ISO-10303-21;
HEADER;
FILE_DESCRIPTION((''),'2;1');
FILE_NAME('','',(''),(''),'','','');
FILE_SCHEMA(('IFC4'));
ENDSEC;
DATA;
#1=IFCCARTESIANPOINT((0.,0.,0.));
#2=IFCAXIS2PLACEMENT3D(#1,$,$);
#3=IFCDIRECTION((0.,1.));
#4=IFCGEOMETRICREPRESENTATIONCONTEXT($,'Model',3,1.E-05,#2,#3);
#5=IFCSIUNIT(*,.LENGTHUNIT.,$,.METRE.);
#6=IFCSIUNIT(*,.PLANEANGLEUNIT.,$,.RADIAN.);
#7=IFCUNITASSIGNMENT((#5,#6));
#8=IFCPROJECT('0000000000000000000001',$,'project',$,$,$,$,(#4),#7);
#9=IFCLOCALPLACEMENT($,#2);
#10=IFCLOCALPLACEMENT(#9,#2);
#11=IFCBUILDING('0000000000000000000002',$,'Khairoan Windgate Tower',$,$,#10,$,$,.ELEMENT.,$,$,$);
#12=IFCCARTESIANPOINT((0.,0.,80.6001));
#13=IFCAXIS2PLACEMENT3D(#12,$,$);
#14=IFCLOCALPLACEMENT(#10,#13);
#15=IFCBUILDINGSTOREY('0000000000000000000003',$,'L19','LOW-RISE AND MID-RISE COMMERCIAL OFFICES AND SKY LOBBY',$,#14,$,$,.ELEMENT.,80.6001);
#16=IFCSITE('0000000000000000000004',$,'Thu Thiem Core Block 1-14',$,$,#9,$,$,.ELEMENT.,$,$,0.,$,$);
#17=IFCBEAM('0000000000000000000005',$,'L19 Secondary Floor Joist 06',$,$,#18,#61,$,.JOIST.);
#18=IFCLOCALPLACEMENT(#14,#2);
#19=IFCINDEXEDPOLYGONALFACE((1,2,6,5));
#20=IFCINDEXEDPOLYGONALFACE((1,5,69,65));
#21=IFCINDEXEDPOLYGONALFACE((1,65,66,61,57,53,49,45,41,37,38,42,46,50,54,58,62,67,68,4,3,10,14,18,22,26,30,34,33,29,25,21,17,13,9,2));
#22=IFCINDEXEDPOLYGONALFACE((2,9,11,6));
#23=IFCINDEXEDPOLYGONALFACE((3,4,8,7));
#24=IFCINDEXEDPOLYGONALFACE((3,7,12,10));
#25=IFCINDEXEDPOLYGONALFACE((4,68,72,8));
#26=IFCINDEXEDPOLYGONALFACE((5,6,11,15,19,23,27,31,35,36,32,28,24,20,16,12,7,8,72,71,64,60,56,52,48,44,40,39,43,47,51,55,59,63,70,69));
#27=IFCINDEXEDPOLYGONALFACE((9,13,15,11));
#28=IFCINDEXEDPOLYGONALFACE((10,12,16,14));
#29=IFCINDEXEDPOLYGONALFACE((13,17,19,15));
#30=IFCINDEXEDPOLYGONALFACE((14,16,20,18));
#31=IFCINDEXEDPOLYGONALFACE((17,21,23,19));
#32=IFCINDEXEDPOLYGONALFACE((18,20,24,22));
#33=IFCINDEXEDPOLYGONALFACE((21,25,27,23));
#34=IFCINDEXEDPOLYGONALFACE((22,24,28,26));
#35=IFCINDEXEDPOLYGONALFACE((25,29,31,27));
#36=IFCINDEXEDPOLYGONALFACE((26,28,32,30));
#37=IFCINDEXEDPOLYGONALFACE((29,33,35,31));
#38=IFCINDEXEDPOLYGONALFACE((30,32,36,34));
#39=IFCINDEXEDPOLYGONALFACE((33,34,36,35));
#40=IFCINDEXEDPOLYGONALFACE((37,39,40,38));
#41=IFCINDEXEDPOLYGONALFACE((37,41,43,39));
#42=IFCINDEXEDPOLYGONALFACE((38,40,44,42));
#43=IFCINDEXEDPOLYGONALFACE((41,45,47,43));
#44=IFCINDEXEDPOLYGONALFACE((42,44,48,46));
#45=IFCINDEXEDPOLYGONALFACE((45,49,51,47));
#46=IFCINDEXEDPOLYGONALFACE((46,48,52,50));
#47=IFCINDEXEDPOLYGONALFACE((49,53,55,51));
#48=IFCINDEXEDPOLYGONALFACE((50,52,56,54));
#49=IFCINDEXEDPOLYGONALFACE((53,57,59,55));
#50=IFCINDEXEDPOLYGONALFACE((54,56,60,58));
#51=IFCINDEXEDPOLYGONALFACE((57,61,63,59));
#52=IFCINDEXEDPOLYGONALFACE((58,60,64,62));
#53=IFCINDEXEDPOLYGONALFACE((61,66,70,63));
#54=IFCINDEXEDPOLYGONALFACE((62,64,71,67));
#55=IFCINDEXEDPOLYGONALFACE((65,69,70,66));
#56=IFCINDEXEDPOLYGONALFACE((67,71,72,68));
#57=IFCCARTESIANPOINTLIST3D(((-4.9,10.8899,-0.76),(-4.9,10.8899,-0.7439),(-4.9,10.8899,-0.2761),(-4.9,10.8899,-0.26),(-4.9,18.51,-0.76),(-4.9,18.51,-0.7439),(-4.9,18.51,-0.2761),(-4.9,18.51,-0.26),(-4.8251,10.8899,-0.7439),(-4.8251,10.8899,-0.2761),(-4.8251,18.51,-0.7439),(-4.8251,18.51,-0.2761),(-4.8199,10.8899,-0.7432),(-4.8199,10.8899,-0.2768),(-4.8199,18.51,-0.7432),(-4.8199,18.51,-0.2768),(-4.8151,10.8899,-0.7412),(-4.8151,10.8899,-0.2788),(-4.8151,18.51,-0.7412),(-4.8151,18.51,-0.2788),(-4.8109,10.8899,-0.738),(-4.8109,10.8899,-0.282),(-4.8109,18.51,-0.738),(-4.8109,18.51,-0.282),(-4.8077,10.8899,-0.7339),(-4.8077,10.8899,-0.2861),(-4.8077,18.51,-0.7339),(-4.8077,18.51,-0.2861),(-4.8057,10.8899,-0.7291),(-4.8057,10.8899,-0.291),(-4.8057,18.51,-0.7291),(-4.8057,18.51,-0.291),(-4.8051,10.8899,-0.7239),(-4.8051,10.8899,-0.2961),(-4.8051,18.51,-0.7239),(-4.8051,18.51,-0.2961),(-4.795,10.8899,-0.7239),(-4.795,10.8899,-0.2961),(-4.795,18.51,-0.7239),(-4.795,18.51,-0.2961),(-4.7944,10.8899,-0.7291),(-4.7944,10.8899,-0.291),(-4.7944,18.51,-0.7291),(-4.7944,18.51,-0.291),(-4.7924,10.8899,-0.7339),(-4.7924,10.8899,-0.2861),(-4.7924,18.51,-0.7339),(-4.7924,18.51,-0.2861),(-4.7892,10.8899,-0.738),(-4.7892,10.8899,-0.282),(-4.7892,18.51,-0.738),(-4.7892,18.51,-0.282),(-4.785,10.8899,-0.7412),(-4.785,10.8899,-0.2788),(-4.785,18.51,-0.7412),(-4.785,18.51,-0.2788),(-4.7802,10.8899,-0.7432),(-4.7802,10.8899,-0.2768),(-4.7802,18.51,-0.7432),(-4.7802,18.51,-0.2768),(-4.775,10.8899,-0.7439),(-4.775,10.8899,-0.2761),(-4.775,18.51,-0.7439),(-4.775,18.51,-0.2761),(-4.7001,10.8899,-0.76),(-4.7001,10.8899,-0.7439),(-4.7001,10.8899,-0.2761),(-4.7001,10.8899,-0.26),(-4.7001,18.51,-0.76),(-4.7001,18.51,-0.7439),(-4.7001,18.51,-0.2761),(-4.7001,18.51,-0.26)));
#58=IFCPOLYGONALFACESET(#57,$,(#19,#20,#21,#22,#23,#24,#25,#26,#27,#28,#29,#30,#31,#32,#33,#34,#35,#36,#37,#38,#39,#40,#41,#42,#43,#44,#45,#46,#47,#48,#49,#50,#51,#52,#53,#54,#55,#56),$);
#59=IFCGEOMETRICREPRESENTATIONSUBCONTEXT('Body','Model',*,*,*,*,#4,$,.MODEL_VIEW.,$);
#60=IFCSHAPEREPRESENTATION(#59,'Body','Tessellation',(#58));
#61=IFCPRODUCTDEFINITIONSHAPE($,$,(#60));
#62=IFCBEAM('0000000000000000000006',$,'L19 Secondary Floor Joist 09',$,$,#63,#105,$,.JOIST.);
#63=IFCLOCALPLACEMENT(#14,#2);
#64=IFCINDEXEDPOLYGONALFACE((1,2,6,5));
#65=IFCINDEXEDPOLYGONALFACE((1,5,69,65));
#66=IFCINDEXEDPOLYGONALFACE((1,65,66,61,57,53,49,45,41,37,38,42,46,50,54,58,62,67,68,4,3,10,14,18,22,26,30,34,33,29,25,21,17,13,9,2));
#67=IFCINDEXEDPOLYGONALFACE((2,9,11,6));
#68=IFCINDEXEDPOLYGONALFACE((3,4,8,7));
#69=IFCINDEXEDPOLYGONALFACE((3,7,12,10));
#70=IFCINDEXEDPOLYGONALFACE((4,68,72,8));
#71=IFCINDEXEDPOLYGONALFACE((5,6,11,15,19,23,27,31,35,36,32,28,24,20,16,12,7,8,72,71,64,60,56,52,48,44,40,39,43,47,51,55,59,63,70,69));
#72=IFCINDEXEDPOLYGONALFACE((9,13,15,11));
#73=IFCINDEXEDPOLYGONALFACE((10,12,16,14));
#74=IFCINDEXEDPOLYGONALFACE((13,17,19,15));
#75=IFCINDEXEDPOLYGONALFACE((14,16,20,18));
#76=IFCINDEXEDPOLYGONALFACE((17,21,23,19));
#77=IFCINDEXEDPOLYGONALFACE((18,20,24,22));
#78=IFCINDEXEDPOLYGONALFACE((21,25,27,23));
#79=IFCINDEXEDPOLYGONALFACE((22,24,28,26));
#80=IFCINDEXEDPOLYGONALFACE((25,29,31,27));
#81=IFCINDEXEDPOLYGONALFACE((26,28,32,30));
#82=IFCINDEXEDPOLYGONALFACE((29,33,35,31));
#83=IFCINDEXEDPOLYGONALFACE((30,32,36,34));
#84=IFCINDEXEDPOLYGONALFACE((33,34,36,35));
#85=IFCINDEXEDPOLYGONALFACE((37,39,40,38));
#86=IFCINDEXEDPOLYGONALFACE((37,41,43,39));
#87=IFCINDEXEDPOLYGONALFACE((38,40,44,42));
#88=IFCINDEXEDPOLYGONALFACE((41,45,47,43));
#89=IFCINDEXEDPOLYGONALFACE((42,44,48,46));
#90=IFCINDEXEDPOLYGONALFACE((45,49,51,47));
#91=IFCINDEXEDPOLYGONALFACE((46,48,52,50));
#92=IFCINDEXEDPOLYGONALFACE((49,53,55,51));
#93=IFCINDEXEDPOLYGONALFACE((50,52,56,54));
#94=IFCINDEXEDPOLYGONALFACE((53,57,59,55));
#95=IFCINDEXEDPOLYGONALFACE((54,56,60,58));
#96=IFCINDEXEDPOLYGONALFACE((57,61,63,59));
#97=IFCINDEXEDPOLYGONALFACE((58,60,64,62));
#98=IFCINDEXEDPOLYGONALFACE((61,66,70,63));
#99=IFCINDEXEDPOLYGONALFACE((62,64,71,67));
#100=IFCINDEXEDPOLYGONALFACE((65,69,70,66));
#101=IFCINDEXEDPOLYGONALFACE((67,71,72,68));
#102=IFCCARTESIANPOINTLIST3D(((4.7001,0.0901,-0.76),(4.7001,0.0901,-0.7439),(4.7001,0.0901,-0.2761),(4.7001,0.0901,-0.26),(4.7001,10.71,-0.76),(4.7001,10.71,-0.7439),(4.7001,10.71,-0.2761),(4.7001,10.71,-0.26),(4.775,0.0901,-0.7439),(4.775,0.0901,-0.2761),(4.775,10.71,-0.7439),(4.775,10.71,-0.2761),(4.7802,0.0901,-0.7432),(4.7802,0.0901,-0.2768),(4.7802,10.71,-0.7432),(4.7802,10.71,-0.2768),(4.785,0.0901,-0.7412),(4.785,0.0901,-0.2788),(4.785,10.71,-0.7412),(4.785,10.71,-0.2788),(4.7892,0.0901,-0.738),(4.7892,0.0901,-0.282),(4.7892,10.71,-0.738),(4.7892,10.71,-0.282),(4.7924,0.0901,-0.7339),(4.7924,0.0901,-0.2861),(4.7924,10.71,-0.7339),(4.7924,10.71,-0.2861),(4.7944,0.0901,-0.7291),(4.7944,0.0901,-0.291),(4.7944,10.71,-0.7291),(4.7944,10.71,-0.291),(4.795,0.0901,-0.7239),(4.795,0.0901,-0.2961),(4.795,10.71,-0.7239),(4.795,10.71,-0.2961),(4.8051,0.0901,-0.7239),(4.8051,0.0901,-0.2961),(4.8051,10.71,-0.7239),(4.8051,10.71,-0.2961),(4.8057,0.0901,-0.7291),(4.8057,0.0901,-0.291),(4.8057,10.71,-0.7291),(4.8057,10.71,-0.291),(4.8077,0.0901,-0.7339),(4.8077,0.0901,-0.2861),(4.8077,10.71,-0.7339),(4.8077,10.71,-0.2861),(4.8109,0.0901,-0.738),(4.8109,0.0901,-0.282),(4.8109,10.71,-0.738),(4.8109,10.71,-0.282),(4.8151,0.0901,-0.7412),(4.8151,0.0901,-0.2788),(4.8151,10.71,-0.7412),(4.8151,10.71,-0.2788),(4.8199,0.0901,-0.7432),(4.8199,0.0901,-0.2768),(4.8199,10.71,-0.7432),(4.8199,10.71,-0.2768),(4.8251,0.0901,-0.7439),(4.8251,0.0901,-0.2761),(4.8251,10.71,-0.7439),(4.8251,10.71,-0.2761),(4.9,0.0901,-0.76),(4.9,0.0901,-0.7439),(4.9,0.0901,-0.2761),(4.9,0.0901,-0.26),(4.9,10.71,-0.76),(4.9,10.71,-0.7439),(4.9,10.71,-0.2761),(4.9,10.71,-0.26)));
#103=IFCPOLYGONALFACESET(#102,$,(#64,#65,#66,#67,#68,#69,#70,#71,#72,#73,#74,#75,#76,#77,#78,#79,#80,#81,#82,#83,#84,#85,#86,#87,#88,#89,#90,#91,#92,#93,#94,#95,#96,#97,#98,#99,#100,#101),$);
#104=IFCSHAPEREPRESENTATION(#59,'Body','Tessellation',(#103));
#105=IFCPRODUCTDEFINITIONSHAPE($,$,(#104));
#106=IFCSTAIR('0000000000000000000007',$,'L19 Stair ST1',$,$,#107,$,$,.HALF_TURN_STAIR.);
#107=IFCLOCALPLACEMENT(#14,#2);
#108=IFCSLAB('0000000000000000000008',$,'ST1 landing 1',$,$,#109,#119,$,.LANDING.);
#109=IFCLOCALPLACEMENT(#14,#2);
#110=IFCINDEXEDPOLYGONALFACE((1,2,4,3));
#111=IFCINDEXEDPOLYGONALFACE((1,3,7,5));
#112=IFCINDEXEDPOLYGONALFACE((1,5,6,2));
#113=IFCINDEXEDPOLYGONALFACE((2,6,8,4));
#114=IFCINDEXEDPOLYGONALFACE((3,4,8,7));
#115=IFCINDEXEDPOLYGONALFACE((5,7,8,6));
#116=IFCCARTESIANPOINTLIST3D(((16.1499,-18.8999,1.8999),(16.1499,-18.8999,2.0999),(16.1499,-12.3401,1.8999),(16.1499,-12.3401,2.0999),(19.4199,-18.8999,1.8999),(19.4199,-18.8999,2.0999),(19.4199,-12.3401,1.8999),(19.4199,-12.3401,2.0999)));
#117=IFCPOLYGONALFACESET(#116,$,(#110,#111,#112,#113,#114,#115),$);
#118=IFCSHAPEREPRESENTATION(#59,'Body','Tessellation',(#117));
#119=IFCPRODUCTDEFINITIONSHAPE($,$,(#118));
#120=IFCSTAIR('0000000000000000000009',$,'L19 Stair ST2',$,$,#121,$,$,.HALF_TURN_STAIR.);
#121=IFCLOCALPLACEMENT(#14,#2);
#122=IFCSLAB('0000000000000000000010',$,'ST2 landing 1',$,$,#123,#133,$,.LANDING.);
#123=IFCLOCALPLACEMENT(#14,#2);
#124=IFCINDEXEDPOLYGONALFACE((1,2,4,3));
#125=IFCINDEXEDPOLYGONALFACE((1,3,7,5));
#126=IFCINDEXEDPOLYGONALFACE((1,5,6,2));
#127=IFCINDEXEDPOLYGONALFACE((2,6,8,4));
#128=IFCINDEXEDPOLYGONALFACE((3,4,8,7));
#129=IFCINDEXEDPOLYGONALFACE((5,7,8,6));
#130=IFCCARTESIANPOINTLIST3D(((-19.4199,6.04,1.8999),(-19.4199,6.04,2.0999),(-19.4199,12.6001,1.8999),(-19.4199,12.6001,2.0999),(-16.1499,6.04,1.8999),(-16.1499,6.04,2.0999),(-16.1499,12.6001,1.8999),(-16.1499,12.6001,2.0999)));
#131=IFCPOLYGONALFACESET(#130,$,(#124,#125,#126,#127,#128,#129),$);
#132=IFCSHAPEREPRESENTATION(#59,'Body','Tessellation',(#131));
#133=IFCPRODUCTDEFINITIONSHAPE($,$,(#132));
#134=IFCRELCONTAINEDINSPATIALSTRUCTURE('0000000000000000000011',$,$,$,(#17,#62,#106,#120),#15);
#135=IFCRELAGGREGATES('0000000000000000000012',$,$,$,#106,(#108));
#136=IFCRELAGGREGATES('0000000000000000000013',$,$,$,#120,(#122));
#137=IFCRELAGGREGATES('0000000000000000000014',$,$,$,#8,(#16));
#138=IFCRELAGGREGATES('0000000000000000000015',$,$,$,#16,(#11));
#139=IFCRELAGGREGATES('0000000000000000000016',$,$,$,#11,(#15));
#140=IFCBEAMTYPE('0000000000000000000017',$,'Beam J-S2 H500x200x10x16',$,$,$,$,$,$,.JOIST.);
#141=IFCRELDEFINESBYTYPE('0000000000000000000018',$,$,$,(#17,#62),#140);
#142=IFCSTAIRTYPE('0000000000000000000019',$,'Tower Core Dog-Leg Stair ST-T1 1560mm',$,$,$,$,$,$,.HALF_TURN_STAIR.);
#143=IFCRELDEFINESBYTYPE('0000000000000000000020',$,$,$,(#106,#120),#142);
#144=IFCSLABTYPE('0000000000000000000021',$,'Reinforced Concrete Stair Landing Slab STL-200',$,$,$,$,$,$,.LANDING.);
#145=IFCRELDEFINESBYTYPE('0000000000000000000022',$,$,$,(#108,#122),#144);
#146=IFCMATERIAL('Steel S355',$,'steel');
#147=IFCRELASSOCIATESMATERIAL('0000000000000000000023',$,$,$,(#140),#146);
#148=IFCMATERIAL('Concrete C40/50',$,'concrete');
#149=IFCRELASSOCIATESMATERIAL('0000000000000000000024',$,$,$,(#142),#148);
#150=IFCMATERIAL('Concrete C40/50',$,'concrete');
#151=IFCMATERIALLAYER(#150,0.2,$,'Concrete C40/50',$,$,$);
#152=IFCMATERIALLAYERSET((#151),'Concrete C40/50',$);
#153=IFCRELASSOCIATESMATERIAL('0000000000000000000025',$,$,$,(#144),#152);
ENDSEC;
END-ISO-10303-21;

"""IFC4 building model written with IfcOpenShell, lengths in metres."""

from ifc_helpers import new_model, si_unit, direction, frame, origin, origin_2d, place, context, subcontext, project, spatial, polyline, i_section, outline, extrude, material, layer, layer_set, material_profile, profile_set, type_object, element, aggregate, save


model = new_model("IFC4")

# Units and contexts
model_context = context("Model", 3, precision=1e-05, world=origin(), true_north=direction((0.0, 1.0)))
body_context = subcontext(model_context, "Body", "Model", "MODEL_VIEW")
ifc_project = project(units=[si_unit("LENGTHUNIT", "METRE"), si_unit("PLANEANGLEUNIT", "RADIAN")], contexts=[model_context])

# Site, building, storey
site_placement = place(None, origin())
site = spatial("IfcSite", under=ifc_project, at=site_placement, Name="Thu Thiem Core Block 1-14", CompositionType="ELEMENT", RefElevation=0.0)
building_placement = place(site_placement, origin())
building = spatial("IfcBuilding", under=site, at=building_placement, Name="Khairoan Windgate Tower", CompositionType="ELEMENT")
storey_placement = place(building_placement, frame((0.0, 0.0, 80.6001)))
storey = spatial("IfcBuildingStorey", under=building, at=storey_placement, Name="L19", Description="LOW-RISE AND MID-RISE COMMERCIAL OFFICES AND SKY LOBBY", CompositionType="ELEMENT", Elevation=80.6001)

# Beams
ifc_material_1 = material(Name="Steel S355", Category="steel")
ifc_material_profile_1 = material_profile(ifc_material_1, i_section(OverallWidth=0.2, OverallDepth=0.5, WebThickness=0.01, FlangeThickness=0.0161, FilletRadius=0.02, at=origin_2d()))
ifc_profile_set_1 = profile_set([ifc_material_profile_1], Name="Steel S355")
beam_type_1 = type_object("IfcBeamType", Name="Beam J-S2 H500x200x10x16", PredefinedType="JOIST", material=ifc_profile_set_1)
beam_1_placement = place(storey_placement, frame((-4.8, 10.8899, -0.51), z_axis=(0.0, 1.0, 0.0), x_axis=(-1.0, 0.0, 0.0)))
element("IfcBeam", 1, at=beam_1_placement, inside=storey, type_object=beam_type_1, Name="L19 Secondary Floor Joist 06", PredefinedType="JOIST", context=body_context, shape_type="SweptSolid", body=[
    extrude(i_section(OverallWidth=0.2, OverallDepth=0.5, WebThickness=0.01, FlangeThickness=0.0161, FilletRadius=0.02, at=origin_2d()), origin(), (0.0, 0.0, 1.0), 7.6201),
])
beam_2_placement = place(storey_placement, frame((4.8, 0.0901, -0.51), z_axis=(0.0, 1.0, 0.0), x_axis=(-1.0, 0.0, 0.0)))
element("IfcBeam", 2, at=beam_2_placement, inside=storey, type_object=beam_type_1, Name="L19 Secondary Floor Joist 09", PredefinedType="JOIST", context=body_context, shape_type="SweptSolid", body=[
    extrude(i_section(OverallWidth=0.2, OverallDepth=0.5, WebThickness=0.01, FlangeThickness=0.0161, FilletRadius=0.02, at=origin_2d()), origin(), (0.0, 0.0, 1.0), 10.6199),
])

# Stairs, slabs
ifc_material_2 = material(Name="Concrete C40/50", Category="concrete")
stair_type = type_object("IfcStairType", Name="Tower Core Dog-Leg Stair ST-T1 1560mm", PredefinedType="HALF_TURN_STAIR", material=ifc_material_2)
stair_1_placement = place(storey_placement, origin())
stair_1 = element("IfcStair", 3, at=stair_1_placement, inside=storey, type_object=stair_type, Name="L19 Stair ST1", PredefinedType="HALF_TURN_STAIR")
ifc_material_3 = material(Name="Concrete C40/50", Category="concrete")
ifc_layer_1 = layer(ifc_material_3, 0.2, Name="Concrete C40/50")
ifc_layer_set_1 = layer_set([ifc_layer_1], Name="Concrete C40/50")
slab_type_1 = type_object("IfcSlabType", Name="Reinforced Concrete Stair Landing Slab STL-200", PredefinedType="LANDING", material=ifc_layer_set_1)
slab_1_placement = place(storey_placement, frame((0.0, 0.0, 1.8999)))
slab_1 = element("IfcSlab", 4, at=slab_1_placement, type_object=slab_type_1, Name="ST1 landing 1", PredefinedType="LANDING", context=body_context, shape_type="SweptSolid", body=[
    extrude(outline(polyline([(16.1499, -12.3401), (16.1499, -18.8999), (19.4199, -18.8999), (19.4199, -12.3401), (16.1499, -12.3401)])), origin(), (0.0, 0.0, 1.0), 0.2),
])
aggregate(stair_1, [slab_1])
stair_2_placement = place(storey_placement, origin())
stair_2 = element("IfcStair", 5, at=stair_2_placement, inside=storey, type_object=stair_type, Name="L19 Stair ST2", PredefinedType="HALF_TURN_STAIR")
slab_2_placement = place(storey_placement, frame((0.0, 0.0, 1.8999)))
slab_2 = element("IfcSlab", 6, at=slab_2_placement, type_object=slab_type_1, Name="ST2 landing 1", PredefinedType="LANDING", context=body_context, shape_type="SweptSolid", body=[
    extrude(outline(polyline([(-16.1499, 6.04), (-16.1499, 12.6001), (-19.4199, 12.6001), (-19.4199, 6.04), (-16.1499, 6.04)])), origin(), (0.0, 0.0, 1.0), 0.2),
])
aggregate(stair_2, [slab_2])

save(model, "model.ifc")
